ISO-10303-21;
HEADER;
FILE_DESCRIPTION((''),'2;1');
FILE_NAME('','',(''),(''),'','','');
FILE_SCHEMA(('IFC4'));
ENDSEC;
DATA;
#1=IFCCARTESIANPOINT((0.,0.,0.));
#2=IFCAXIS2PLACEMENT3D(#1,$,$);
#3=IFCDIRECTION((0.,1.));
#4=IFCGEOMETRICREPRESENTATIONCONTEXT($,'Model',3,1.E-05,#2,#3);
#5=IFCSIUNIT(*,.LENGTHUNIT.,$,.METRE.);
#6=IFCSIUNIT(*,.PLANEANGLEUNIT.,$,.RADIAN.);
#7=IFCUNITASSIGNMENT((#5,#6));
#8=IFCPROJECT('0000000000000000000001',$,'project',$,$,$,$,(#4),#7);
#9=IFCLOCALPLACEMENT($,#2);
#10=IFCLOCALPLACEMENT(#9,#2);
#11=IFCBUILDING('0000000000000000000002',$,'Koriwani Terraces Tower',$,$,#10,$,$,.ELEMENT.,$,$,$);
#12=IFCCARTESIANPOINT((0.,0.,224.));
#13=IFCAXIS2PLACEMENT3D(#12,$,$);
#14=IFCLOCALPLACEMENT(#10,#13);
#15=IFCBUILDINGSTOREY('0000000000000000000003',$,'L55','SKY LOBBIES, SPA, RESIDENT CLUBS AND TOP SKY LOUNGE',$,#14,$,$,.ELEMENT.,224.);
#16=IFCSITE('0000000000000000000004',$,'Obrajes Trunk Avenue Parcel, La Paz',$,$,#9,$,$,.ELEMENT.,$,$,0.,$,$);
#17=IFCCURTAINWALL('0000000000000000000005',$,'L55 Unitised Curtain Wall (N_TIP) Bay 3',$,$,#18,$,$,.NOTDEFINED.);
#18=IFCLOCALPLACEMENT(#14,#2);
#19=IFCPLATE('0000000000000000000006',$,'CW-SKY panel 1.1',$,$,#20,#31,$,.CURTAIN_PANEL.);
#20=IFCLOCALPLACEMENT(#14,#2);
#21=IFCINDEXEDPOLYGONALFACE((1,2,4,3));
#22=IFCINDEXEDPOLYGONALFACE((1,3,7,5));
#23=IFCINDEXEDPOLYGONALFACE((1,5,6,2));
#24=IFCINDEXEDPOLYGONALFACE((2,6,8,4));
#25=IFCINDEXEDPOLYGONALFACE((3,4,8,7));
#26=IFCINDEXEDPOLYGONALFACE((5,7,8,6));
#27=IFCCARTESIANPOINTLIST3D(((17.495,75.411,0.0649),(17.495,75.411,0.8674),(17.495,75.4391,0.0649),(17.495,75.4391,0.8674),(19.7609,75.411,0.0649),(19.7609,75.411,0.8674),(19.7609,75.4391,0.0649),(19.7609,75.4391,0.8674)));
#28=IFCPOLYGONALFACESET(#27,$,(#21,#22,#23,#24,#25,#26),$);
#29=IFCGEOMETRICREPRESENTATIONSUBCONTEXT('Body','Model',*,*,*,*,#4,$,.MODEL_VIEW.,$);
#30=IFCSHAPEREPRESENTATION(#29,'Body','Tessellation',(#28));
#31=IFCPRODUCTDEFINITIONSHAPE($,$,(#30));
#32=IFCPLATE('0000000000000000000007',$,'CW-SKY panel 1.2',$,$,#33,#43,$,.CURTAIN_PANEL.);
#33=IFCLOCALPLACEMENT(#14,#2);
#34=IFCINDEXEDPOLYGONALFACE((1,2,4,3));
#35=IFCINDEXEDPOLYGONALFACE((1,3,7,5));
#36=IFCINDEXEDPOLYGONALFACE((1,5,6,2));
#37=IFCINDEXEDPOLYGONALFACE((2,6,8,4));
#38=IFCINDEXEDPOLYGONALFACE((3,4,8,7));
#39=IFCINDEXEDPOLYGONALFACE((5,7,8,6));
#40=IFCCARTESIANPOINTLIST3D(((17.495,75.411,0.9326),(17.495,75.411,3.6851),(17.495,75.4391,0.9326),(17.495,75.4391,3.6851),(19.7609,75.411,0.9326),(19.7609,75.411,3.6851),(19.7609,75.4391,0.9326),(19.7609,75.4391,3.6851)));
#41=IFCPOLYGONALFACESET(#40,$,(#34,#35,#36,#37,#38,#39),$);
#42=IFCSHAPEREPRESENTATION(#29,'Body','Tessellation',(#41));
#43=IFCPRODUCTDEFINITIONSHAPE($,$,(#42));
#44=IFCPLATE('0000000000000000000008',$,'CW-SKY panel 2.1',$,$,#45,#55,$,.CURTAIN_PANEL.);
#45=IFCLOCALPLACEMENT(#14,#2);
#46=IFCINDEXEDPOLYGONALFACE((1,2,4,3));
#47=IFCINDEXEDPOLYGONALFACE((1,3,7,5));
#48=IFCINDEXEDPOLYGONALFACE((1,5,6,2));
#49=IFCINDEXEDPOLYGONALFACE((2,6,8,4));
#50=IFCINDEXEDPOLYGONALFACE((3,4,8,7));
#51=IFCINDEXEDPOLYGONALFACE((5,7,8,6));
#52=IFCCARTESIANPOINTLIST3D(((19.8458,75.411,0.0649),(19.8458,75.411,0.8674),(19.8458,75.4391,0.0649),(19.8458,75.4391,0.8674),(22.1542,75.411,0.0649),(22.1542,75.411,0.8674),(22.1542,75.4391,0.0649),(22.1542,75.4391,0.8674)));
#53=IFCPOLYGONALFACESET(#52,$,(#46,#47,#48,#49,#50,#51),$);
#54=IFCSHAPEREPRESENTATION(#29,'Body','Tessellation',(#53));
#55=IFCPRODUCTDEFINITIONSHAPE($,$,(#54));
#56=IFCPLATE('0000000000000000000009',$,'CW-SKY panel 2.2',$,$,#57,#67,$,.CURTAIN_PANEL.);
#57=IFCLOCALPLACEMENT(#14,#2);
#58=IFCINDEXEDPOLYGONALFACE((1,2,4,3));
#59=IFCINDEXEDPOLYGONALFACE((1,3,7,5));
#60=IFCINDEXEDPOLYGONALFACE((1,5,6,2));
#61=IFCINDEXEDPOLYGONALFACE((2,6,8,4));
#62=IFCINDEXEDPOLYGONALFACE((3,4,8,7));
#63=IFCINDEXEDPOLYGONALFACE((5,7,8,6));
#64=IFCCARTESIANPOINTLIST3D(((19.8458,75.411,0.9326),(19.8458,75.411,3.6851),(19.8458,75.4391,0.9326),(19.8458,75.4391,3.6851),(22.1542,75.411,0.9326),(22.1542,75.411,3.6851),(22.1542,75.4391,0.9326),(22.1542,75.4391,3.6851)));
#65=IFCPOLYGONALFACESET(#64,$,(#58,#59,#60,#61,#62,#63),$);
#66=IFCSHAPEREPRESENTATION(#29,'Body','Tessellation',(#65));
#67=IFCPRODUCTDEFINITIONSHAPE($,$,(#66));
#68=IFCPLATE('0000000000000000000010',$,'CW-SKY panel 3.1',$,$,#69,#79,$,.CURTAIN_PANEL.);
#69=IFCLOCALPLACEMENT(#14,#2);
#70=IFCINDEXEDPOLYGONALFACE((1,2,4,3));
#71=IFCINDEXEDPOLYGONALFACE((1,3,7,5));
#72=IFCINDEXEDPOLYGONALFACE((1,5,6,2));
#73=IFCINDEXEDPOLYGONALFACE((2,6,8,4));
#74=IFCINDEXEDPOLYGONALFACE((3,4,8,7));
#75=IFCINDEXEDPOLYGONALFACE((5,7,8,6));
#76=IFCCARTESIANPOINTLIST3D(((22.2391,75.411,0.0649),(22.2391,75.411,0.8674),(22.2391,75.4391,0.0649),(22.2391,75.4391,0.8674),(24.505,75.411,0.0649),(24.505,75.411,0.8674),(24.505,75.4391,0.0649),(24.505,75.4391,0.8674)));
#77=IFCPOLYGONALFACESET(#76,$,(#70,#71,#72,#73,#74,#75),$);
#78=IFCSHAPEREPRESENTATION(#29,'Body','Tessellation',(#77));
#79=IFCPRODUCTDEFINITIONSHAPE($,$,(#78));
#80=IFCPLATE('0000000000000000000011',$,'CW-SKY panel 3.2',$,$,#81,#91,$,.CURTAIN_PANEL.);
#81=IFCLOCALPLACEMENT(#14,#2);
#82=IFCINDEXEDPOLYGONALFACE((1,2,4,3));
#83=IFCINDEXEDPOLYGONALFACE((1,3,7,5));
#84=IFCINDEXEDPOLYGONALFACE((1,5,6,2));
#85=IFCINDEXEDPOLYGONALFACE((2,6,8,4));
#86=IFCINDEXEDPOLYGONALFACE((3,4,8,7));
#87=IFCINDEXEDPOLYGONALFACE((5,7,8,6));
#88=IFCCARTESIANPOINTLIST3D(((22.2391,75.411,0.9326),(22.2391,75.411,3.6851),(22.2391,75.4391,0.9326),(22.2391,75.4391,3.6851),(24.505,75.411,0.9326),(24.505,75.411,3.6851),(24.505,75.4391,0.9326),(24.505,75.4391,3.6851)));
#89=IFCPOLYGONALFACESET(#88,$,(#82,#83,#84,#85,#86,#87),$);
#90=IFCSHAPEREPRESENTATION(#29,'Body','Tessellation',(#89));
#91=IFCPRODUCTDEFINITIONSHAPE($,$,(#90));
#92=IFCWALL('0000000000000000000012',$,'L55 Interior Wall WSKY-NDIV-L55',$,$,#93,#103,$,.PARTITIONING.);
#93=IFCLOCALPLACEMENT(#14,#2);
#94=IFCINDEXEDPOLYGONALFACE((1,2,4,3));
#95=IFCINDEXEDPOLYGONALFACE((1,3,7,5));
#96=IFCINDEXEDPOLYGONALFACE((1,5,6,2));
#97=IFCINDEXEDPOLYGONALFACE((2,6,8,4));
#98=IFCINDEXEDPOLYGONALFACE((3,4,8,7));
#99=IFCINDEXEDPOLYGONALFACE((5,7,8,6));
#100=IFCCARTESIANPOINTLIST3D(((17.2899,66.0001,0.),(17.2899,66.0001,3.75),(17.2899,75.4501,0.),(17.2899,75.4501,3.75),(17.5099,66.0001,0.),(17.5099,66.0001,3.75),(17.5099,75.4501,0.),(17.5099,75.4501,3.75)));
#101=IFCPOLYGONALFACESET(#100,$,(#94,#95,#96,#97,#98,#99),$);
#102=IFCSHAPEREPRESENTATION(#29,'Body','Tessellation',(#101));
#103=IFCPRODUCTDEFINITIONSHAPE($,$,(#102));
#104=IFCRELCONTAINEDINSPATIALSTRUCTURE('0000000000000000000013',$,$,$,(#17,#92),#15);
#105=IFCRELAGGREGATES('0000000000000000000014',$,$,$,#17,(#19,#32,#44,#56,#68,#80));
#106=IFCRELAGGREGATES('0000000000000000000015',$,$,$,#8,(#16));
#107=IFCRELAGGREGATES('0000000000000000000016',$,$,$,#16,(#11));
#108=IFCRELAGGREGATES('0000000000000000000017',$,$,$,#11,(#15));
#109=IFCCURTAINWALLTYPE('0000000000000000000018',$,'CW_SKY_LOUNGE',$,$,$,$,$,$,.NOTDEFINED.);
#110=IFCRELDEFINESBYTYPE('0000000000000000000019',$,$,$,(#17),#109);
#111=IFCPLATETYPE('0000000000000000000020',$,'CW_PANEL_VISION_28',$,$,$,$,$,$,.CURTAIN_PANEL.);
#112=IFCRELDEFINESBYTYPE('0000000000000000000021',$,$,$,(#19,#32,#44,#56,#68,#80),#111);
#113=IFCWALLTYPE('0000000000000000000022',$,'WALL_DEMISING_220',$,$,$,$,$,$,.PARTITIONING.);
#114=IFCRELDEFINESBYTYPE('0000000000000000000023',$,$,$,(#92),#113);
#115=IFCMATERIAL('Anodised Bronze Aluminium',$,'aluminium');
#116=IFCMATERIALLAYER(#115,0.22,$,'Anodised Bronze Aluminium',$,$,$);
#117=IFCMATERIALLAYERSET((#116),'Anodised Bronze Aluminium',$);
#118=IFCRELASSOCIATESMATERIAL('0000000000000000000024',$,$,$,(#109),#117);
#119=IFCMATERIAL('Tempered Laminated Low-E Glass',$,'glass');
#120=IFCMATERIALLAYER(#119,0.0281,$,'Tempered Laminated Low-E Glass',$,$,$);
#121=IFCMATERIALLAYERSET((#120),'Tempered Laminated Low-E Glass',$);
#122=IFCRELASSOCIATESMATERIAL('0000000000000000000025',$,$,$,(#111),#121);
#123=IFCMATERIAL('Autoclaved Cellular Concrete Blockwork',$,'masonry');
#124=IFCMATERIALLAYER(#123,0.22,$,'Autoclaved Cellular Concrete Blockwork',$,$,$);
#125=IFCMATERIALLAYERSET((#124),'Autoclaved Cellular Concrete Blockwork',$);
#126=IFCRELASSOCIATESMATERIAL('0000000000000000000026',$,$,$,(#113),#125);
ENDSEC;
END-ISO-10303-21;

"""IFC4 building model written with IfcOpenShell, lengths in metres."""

from ifc_helpers import new_model, si_unit, direction, frame, frame_2d, origin, origin_2d, place, context, subcontext, project, spatial, rectangle, extrude, material, layer, layer_set, type_object, element, aggregate, save


model = new_model("IFC4")

# Units and contexts
model_context = context("Model", 3, precision=1e-05, world=origin(), true_north=direction((0.0, 1.0)))
body_context = subcontext(model_context, "Body", "Model", "MODEL_VIEW")
ifc_project = project(units=[si_unit("LENGTHUNIT", "METRE"), si_unit("PLANEANGLEUNIT", "RADIAN")], contexts=[model_context])

# Site, building, storey
site_placement = place(None, origin())
site = spatial("IfcSite", under=ifc_project, at=site_placement, Name="Obrajes Trunk Avenue Parcel, La Paz", CompositionType="ELEMENT", RefElevation=0.0)
building_placement = place(site_placement, origin())
building = spatial("IfcBuilding", under=site, at=building_placement, Name="Koriwani Terraces Tower", CompositionType="ELEMENT")
storey_placement = place(building_placement, frame((0.0, 0.0, 224.0)))
storey = spatial("IfcBuildingStorey", under=building, at=storey_placement, Name="L55", Description="SKY LOBBIES, SPA, RESIDENT CLUBS AND TOP SKY LOUNGE", CompositionType="ELEMENT", Elevation=224.0)

# Shared definitions
ifc_material_1 = material(Name="Anodised Bronze Aluminium", Category="aluminium")
ifc_layer_1 = layer(ifc_material_1, 0.22, Name="Anodised Bronze Aluminium")
ifc_layer_set_1 = layer_set([ifc_layer_1], Name="Anodised Bronze Aluminium")
curtain_wall_type = type_object("IfcCurtainWallType", Name="CW_SKY_LOUNGE", PredefinedType="NOTDEFINED", material=ifc_layer_set_1)

# Curtain wall
curtain_wall_1_placement = place(storey_placement, origin())
curtain_wall_1 = element("IfcCurtainWall", 1, at=curtain_wall_1_placement, inside=storey, type_object=curtain_wall_type, Name="L55 Unitised Curtain Wall (N_TIP) Bay 3", PredefinedType="NOTDEFINED")

# Plates
ifc_material_2 = material(Name="Tempered Laminated Low-E Glass", Category="glass")
ifc_layer_2 = layer(ifc_material_2, 0.0281, Name="Tempered Laminated Low-E Glass")
ifc_layer_set_2 = layer_set([ifc_layer_2], Name="Tempered Laminated Low-E Glass")
plate_type = type_object("IfcPlateType", Name="CW_PANEL_VISION_28", PredefinedType="CURTAIN_PANEL", material=ifc_layer_set_2)
plate_1_placement = place(storey_placement, frame((18.6279, 75.425, 0.0649), z_axis=(0.0, 0.0, 1.0), x_axis=(1.0, 0.0, 0.0)))
plate_1 = element("IfcPlate", 2, at=plate_1_placement, type_object=plate_type, Name="CW-SKY panel 1.1", PredefinedType="CURTAIN_PANEL", context=body_context, shape_type="SweptSolid", body=[
    extrude(rectangle(XDim=2.2659, YDim=0.0281, at=origin_2d()), origin(), (0.0, 0.0, 1.0), 0.8025),
])
plate_2_placement = place(storey_placement, frame((18.6279, 75.425, 0.9326), z_axis=(0.0, 0.0, 1.0), x_axis=(1.0, 0.0, 0.0)))
plate_2 = element("IfcPlate", 3, at=plate_2_placement, type_object=plate_type, Name="CW-SKY panel 1.2", PredefinedType="CURTAIN_PANEL", context=body_context, shape_type="SweptSolid", body=[
    extrude(rectangle(XDim=2.2659, YDim=0.0281, at=origin_2d()), origin(), (0.0, 0.0, 1.0), 2.7524),
])
plate_3_placement = place(storey_placement, frame((21.0, 75.425, 0.0649), z_axis=(0.0, 0.0, 1.0), x_axis=(1.0, 0.0, 0.0)))
plate_3 = element("IfcPlate", 4, at=plate_3_placement, type_object=plate_type, Name="CW-SKY panel 2.1", PredefinedType="CURTAIN_PANEL", context=body_context, shape_type="SweptSolid", body=[
    extrude(rectangle(XDim=2.3083, YDim=0.0281, at=origin_2d()), origin(), (0.0, 0.0, 1.0), 0.8025),
])
plate_4_placement = place(storey_placement, frame((21.0, 75.425, 0.9326), z_axis=(0.0, 0.0, 1.0), x_axis=(1.0, 0.0, 0.0)))
plate_4 = element("IfcPlate", 5, at=plate_4_placement, type_object=plate_type, Name="CW-SKY panel 2.2", PredefinedType="CURTAIN_PANEL", context=body_context, shape_type="SweptSolid", body=[
    extrude(rectangle(XDim=2.3083, YDim=0.0281, at=origin_2d()), origin(), (0.0, 0.0, 1.0), 2.7524),
])
plate_5_placement = place(storey_placement, frame((23.3721, 75.425, 0.0649), z_axis=(0.0, 0.0, 1.0), x_axis=(1.0, 0.0, 0.0)))
plate_5 = element("IfcPlate", 6, at=plate_5_placement, type_object=plate_type, Name="CW-SKY panel 3.1", PredefinedType="CURTAIN_PANEL", context=body_context, shape_type="SweptSolid", body=[
    extrude(rectangle(XDim=2.2659, YDim=0.0281, at=origin_2d()), origin(), (0.0, 0.0, 1.0), 0.8025),
])
plate_6_placement = place(storey_placement, frame((23.3721, 75.425, 0.9326), z_axis=(0.0, 0.0, 1.0), x_axis=(1.0, 0.0, 0.0)))
plate_6 = element("IfcPlate", 7, at=plate_6_placement, type_object=plate_type, Name="CW-SKY panel 3.2", PredefinedType="CURTAIN_PANEL", context=body_context, shape_type="SweptSolid", body=[
    extrude(rectangle(XDim=2.2659, YDim=0.0281, at=origin_2d()), origin(), (0.0, 0.0, 1.0), 2.7524),
])
aggregate(curtain_wall_1, [plate_1, plate_2, plate_3, plate_4, plate_5, plate_6])

# Wall
ifc_material_3 = material(Name="Autoclaved Cellular Concrete Blockwork", Category="masonry")
ifc_layer_3 = layer(ifc_material_3, 0.22, Name="Autoclaved Cellular Concrete Blockwork")
ifc_layer_set_3 = layer_set([ifc_layer_3], Name="Autoclaved Cellular Concrete Blockwork")
wall_type = type_object("IfcWallType", Name="WALL_DEMISING_220", PredefinedType="PARTITIONING", material=ifc_layer_set_3)
wall_placement = place(storey_placement, frame((17.3999, 66.0, 0.0), z_axis=(0.0, 0.0, 1.0), x_axis=(0.0, 1.0, 0.0)))
element("IfcWall", 8, at=wall_placement, inside=storey, type_object=wall_type, Name="L55 Interior Wall WSKY-NDIV-L55", PredefinedType="PARTITIONING", context=body_context, shape_type="SweptSolid", body=[
    extrude(rectangle(XDim=9.45, YDim=0.22, at=frame_2d((4.7251, 0.0))), origin(), (0.0, 0.0, 1.0), 3.75),
])

save(model, "model.ifc")
